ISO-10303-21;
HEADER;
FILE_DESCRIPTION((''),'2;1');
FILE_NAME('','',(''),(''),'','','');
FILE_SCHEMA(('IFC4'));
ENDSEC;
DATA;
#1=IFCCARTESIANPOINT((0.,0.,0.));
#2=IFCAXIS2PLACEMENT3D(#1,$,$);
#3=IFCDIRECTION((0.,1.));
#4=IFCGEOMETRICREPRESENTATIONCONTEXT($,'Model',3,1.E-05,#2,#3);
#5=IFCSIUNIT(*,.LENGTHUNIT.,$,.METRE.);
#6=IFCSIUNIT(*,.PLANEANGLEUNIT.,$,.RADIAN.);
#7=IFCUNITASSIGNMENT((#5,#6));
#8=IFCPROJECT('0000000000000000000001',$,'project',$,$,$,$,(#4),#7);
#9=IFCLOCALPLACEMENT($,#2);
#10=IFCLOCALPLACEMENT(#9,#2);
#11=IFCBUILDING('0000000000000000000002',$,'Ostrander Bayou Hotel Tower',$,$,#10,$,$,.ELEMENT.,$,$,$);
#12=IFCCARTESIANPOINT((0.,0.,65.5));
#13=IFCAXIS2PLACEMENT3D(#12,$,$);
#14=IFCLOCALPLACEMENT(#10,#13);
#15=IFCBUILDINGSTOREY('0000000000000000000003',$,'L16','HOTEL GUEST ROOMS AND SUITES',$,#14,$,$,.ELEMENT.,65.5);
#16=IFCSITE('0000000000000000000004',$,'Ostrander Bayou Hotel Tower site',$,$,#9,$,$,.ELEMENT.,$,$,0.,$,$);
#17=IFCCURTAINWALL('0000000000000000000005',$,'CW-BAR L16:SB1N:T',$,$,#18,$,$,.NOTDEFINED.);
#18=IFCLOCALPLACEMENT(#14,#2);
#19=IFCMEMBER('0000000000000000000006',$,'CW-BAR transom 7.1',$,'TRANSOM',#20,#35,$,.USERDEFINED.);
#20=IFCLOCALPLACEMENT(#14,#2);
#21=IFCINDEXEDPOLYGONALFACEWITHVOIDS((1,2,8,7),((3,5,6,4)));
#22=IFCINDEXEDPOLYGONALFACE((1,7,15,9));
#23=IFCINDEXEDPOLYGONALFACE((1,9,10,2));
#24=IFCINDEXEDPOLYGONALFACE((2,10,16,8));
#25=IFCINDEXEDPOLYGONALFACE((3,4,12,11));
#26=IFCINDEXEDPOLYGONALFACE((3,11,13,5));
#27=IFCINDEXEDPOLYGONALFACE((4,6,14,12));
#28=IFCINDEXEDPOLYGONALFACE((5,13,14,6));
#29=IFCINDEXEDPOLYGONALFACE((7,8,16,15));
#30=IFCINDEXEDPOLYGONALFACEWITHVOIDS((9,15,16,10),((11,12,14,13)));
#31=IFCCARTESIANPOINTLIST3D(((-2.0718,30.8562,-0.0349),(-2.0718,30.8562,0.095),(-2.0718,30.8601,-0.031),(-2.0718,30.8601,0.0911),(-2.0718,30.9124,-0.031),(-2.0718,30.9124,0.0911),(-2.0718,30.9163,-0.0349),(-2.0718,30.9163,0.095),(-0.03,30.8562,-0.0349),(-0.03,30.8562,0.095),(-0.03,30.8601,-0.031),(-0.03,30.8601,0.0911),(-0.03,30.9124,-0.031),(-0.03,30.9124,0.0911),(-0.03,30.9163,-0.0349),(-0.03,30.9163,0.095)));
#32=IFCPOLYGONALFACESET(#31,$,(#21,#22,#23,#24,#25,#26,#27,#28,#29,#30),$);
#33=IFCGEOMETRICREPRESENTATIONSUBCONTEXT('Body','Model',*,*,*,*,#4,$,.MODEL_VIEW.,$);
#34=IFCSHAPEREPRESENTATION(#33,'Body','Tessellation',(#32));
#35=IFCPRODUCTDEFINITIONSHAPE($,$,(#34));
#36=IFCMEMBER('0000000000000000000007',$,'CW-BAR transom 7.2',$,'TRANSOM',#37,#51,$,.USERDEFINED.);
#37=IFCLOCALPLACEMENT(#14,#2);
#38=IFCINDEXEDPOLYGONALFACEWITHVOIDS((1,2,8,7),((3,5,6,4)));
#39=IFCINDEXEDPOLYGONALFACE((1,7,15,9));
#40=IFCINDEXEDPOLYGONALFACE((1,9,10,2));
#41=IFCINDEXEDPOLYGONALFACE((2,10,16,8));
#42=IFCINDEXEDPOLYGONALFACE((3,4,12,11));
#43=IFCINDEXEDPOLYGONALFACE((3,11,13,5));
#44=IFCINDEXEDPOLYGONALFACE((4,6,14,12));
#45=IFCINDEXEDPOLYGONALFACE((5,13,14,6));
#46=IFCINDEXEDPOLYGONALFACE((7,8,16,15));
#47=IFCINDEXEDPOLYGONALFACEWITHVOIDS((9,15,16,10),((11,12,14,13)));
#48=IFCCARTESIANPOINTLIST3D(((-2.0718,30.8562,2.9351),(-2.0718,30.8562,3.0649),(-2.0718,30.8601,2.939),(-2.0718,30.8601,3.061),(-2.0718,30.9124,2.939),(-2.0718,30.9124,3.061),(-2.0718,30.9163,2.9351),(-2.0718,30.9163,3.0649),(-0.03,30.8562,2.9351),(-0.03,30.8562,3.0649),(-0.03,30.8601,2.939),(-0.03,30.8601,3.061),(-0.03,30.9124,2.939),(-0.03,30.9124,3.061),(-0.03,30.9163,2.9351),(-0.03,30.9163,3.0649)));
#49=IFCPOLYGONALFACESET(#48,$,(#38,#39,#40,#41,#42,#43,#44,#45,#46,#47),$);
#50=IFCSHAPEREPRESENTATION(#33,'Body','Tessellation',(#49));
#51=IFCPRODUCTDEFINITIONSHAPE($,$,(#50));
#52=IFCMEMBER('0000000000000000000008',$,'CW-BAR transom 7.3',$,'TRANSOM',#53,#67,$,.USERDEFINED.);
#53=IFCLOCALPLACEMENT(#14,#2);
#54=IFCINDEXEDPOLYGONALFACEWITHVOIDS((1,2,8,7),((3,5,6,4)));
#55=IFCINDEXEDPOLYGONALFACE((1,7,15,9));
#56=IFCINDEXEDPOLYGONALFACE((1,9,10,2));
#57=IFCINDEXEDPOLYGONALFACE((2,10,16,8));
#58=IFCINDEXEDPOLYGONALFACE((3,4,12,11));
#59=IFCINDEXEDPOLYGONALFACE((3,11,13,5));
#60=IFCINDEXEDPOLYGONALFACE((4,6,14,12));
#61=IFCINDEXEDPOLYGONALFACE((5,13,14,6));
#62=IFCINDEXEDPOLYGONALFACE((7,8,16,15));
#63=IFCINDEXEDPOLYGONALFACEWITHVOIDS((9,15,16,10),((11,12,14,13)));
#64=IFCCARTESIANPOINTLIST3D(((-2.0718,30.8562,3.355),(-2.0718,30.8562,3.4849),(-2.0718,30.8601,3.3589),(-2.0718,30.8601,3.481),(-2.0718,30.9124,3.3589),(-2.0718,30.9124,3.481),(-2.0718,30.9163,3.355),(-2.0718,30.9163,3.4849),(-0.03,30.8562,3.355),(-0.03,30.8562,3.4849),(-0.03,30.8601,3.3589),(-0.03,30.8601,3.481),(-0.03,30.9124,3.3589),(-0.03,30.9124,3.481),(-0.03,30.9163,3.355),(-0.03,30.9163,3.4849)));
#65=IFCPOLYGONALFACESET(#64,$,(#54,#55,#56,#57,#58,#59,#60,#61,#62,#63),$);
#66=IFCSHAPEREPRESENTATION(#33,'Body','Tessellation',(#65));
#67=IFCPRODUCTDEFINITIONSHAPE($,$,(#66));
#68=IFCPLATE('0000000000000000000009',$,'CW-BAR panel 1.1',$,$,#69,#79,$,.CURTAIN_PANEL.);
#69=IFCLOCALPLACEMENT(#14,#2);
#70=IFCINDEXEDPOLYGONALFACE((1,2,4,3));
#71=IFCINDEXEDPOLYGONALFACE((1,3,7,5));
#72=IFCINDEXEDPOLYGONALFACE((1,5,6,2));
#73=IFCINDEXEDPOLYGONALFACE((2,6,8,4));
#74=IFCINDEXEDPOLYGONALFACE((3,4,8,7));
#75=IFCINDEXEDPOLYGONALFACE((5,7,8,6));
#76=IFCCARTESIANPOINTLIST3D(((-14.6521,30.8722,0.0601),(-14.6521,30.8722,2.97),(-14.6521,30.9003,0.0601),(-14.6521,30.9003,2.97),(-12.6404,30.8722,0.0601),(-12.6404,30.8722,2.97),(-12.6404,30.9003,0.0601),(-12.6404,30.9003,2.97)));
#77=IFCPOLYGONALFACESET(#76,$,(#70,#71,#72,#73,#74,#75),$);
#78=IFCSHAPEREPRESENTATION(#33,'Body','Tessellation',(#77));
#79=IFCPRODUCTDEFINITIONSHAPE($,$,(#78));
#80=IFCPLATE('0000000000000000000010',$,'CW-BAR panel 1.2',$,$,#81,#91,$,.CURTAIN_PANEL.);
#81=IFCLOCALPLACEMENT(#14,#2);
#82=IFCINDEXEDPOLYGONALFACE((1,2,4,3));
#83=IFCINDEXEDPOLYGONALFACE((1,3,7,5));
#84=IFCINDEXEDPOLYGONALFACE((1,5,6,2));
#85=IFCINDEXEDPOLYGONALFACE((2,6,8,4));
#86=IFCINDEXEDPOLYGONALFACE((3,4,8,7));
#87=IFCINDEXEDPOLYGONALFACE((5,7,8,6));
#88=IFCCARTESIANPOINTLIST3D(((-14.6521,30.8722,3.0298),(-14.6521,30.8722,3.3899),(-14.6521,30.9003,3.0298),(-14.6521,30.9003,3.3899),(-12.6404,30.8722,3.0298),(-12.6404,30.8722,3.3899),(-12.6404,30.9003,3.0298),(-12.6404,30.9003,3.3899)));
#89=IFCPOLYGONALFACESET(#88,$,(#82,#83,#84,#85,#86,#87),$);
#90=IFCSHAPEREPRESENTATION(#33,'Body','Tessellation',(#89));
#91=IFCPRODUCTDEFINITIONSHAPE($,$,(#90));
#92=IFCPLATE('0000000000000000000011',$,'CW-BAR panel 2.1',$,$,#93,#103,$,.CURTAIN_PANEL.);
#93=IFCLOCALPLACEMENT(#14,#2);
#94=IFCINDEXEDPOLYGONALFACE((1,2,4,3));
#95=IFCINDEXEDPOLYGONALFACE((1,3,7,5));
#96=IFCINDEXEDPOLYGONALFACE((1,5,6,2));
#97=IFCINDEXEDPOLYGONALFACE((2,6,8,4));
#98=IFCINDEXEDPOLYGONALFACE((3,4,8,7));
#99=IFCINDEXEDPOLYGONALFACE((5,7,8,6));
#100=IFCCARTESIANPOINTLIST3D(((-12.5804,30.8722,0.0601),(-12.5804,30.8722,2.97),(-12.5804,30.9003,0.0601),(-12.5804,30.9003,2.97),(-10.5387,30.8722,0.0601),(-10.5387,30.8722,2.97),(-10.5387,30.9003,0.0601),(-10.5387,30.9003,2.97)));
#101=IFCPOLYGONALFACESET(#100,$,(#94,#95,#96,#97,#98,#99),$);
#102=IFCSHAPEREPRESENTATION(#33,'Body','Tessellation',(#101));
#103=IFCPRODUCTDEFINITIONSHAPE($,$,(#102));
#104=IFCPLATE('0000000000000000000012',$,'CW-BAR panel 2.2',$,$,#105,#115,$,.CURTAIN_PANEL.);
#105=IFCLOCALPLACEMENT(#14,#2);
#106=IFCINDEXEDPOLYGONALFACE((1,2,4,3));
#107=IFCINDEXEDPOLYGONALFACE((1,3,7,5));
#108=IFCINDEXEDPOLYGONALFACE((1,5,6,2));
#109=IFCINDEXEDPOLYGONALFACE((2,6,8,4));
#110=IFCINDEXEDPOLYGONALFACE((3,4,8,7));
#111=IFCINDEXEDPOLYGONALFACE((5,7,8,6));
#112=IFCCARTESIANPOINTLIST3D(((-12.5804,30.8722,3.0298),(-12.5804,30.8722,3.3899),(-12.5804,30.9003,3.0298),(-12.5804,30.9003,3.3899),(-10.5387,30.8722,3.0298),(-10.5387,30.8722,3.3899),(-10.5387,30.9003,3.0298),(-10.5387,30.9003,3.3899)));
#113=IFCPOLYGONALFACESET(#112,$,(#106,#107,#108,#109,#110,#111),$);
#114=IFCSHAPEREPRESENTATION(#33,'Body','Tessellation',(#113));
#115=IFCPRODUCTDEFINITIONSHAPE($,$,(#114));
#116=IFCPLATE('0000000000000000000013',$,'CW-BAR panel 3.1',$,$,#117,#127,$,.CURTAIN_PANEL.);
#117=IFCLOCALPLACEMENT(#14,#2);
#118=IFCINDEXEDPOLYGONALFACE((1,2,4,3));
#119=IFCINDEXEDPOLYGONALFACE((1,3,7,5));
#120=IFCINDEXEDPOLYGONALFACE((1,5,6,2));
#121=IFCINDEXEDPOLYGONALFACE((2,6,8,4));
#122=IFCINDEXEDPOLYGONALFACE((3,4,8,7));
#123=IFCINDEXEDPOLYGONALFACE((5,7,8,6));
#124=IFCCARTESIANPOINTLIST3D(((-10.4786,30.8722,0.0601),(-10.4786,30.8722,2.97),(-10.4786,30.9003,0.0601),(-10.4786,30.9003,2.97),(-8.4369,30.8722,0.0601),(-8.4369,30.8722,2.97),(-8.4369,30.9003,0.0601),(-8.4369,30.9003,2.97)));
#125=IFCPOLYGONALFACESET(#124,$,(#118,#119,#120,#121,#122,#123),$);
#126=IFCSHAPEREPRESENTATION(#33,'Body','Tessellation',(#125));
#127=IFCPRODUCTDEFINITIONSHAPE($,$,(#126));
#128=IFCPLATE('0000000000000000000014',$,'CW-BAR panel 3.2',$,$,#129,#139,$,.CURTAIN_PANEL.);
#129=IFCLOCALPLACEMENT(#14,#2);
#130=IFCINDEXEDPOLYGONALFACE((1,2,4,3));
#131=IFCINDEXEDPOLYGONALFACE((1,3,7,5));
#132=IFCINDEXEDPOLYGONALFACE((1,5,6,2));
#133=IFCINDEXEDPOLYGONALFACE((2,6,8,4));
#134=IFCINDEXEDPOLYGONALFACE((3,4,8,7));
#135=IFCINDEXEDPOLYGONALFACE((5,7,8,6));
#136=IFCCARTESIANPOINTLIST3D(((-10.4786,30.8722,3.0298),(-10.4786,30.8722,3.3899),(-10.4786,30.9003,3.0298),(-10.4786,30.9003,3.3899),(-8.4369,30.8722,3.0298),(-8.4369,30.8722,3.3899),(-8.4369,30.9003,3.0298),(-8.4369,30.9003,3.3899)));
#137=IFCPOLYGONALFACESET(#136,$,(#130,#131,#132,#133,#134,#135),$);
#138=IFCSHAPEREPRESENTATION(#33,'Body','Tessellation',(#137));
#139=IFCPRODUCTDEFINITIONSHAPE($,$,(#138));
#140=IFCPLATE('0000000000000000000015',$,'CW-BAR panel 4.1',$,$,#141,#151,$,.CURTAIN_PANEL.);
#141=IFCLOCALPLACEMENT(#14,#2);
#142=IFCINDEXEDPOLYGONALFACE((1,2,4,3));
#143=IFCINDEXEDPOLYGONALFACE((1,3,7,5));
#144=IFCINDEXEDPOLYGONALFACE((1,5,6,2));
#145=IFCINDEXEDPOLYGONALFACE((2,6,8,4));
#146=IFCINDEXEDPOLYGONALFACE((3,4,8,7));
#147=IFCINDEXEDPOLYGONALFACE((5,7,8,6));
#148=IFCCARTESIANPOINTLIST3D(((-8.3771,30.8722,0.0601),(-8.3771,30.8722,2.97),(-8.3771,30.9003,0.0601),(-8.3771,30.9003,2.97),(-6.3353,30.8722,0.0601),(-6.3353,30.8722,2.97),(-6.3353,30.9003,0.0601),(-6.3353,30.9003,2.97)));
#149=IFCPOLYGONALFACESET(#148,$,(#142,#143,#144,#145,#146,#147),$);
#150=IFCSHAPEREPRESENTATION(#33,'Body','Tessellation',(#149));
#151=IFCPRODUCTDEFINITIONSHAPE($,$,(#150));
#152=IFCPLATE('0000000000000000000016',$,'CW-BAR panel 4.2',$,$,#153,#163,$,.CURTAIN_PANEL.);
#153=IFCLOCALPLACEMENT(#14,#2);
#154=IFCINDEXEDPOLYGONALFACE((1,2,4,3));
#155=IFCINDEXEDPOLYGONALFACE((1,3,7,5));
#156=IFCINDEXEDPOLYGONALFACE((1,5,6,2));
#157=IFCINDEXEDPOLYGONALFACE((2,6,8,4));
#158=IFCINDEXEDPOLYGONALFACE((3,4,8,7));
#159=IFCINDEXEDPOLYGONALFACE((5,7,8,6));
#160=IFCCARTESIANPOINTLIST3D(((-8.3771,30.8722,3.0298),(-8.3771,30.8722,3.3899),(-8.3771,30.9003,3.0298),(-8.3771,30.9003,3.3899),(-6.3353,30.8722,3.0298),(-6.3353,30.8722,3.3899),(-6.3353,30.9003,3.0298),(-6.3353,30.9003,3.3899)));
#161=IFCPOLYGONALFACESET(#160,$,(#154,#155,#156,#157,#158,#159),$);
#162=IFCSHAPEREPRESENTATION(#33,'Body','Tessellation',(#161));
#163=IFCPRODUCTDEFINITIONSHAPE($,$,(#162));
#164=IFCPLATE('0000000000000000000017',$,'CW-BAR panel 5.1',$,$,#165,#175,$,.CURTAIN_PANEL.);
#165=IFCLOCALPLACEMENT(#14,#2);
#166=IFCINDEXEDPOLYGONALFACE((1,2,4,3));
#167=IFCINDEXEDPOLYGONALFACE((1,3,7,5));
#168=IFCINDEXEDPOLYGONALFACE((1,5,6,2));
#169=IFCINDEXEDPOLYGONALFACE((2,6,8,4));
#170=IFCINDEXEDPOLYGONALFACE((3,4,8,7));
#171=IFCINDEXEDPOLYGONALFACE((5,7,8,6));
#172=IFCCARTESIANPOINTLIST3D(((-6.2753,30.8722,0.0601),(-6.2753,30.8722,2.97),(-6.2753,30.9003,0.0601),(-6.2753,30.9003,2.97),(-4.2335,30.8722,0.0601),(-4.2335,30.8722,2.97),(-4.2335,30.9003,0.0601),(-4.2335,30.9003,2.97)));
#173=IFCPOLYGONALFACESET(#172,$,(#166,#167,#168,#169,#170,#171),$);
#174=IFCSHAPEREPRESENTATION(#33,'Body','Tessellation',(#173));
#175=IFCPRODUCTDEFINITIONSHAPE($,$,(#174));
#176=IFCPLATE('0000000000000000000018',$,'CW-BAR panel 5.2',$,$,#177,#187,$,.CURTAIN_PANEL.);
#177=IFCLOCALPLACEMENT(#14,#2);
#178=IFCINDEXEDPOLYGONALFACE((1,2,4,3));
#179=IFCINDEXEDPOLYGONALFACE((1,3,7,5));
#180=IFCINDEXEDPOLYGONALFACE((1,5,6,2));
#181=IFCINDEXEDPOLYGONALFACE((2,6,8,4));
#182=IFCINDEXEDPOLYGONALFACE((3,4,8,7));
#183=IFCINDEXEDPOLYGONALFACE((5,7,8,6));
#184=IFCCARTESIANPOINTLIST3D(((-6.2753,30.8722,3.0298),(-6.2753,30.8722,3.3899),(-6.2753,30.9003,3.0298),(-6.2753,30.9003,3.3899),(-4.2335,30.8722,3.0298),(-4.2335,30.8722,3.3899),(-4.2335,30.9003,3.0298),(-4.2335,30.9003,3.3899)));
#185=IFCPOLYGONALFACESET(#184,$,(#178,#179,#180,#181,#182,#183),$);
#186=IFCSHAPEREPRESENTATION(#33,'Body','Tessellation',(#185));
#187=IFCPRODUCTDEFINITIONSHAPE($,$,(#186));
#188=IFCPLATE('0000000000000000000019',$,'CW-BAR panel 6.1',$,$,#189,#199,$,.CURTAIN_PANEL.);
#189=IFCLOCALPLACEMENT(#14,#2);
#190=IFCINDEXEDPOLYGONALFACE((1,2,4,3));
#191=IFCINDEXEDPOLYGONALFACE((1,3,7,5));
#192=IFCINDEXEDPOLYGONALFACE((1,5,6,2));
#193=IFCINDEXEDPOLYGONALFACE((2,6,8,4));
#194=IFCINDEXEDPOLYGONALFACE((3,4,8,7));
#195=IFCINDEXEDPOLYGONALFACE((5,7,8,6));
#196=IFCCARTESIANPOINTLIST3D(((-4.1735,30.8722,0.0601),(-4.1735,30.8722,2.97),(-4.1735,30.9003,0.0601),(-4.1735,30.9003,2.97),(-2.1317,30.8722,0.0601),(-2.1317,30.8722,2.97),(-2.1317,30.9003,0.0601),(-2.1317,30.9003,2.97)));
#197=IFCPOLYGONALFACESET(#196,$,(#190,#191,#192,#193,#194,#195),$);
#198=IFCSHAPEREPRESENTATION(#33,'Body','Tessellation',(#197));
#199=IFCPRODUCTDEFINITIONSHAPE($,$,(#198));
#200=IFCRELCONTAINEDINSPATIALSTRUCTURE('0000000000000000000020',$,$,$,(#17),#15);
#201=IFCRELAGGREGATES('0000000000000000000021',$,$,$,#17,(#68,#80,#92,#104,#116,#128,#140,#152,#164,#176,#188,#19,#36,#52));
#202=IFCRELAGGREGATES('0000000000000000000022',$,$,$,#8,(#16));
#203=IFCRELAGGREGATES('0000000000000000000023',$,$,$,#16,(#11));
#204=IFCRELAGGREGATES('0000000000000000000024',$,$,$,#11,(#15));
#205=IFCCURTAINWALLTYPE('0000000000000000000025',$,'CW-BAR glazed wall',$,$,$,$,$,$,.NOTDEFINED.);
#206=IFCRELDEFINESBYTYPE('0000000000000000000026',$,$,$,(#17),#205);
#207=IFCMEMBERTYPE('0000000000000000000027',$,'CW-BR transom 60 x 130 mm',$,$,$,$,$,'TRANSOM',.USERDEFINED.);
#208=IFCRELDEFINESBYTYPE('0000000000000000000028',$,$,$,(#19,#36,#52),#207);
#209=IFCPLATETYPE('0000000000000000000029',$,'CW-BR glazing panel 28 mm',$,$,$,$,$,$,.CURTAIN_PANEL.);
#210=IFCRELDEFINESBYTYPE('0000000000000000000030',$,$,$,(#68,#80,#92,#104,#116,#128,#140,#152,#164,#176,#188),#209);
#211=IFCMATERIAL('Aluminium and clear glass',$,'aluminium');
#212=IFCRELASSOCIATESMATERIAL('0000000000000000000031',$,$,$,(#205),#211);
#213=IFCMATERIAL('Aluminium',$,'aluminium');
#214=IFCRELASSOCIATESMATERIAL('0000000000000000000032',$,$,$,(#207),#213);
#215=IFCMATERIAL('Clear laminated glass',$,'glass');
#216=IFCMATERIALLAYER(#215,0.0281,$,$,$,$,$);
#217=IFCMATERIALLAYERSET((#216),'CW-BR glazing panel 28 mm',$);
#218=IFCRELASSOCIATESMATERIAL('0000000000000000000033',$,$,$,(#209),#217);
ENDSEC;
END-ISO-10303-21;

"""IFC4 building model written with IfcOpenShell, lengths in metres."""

from ifc_helpers import new_model, si_unit, direction, frame, origin, origin_2d, place, context, subcontext, project, spatial, rectangle, hollow_rectangle, extrude, material, layer, layer_set, material_profile, profile_set, type_object, element, aggregate, save


model = new_model("IFC4")

# Units and contexts
model_context = context("Model", 3, precision=1e-05, world=origin(), true_north=direction((0.0, 1.0)))
body_context = subcontext(model_context, "Body", "Model", "MODEL_VIEW")
ifc_project = project(units=[si_unit("LENGTHUNIT", "METRE"), si_unit("PLANEANGLEUNIT", "RADIAN")], contexts=[model_context])

# Site, building, storey
site_placement = place(None, origin())
site = spatial("IfcSite", under=ifc_project, at=site_placement, Name="Ostrander Bayou Hotel Tower site", CompositionType="ELEMENT", RefElevation=0.0)
building_placement = place(site_placement, origin())
building = spatial("IfcBuilding", under=site, at=building_placement, Name="Ostrander Bayou Hotel Tower", CompositionType="ELEMENT")
storey_placement = place(building_placement, frame((0.0, 0.0, 65.5)))
storey = spatial("IfcBuildingStorey", under=building, at=storey_placement, Name="L16", Description="HOTEL GUEST ROOMS AND SUITES", CompositionType="ELEMENT", Elevation=65.5)

# Curtain wall, members, plates
ifc_material_1 = material(Name="Aluminium and clear glass", Category="aluminium")
curtain_wall_type = type_object("IfcCurtainWallType", Name="CW-BAR glazed wall", PredefinedType="NOTDEFINED", material=ifc_material_1)
curtain_wall_placement = place(storey_placement, origin())
curtain_wall = element("IfcCurtainWall", 1, at=curtain_wall_placement, inside=storey, type_object=curtain_wall_type, Name="CW-BAR L16:SB1N:T", PredefinedType="NOTDEFINED")
ifc_material_2 = material(Name="Aluminium", Category="aluminium")
ifc_material_profile_1 = material_profile(ifc_material_2, hollow_rectangle(XDim=0.0601, YDim=0.1299, WallThickness=0.0039, at=origin_2d()))
ifc_profile_set_1 = profile_set([ifc_material_profile_1], Name="Aluminium")
member_type_1 = type_object("IfcMemberType", Name="CW-BR transom 60 x 130 mm", ElementType="TRANSOM", PredefinedType="USERDEFINED", material=ifc_profile_set_1)
member_1_placement = place(storey_placement, frame((-2.0718, 30.8862, 0.03), z_axis=(1.0, 0.0, 0.0), x_axis=(0.0, 1.0, 0.0)))
member_1 = element("IfcMember", 2, at=member_1_placement, type_object=member_type_1, Name="CW-BAR transom 7.1", ObjectType="TRANSOM", PredefinedType="USERDEFINED", context=body_context, shape_type="SweptSolid", body=[
    extrude(hollow_rectangle(XDim=0.0601, YDim=0.1299, WallThickness=0.0039, at=origin_2d()), origin(), (0.0, 0.0, 1.0), 2.0417),
])
member_2_placement = place(storey_placement, frame((-2.0718, 30.8862, 3.0), z_axis=(1.0, 0.0, 0.0), x_axis=(0.0, 1.0, 0.0)))
member_2 = element("IfcMember", 3, at=member_2_placement, type_object=member_type_1, Name="CW-BAR transom 7.2", ObjectType="TRANSOM", PredefinedType="USERDEFINED", context=body_context, shape_type="SweptSolid", body=[
    extrude(hollow_rectangle(XDim=0.0601, YDim=0.1299, WallThickness=0.0039, at=origin_2d()), origin(), (0.0, 0.0, 1.0), 2.0417),
])
member_3_placement = place(storey_placement, frame((-2.0718, 30.8862, 3.4199), z_axis=(1.0, 0.0, 0.0), x_axis=(0.0, 1.0, 0.0)))
member_3 = element("IfcMember", 4, at=member_3_placement, type_object=member_type_1, Name="CW-BAR transom 7.3", ObjectType="TRANSOM", PredefinedType="USERDEFINED", context=body_context, shape_type="SweptSolid", body=[
    extrude(hollow_rectangle(XDim=0.0601, YDim=0.1299, WallThickness=0.0039, at=origin_2d()), origin(), (0.0, 0.0, 1.0), 2.0417),
])
ifc_material_3 = material(Name="Clear laminated glass", Category="glass")
ifc_layer = layer(ifc_material_3, 0.0281)
ifc_layer_set = layer_set([ifc_layer], Name="CW-BR glazing panel 28 mm")
plate_type = type_object("IfcPlateType", Name="CW-BR glazing panel 28 mm", PredefinedType="CURTAIN_PANEL", material=ifc_layer_set)
plate_1_placement = place(storey_placement, frame((-13.6462, 30.8862, 0.0601), z_axis=(0.0, 0.0, 1.0), x_axis=(1.0, 0.0, 0.0)))
plate_1 = element("IfcPlate", 5, at=plate_1_placement, type_object=plate_type, Name="CW-BAR panel 1.1", PredefinedType="CURTAIN_PANEL", context=body_context, shape_type="SweptSolid", body=[
    extrude(rectangle(XDim=2.0117, YDim=0.0281, at=origin_2d()), origin(), (0.0, 0.0, 1.0), 2.9099),
])
plate_2_placement = place(storey_placement, frame((-13.6462, 30.8862, 3.0298), z_axis=(0.0, 0.0, 1.0), x_axis=(1.0, 0.0, 0.0)))
plate_2 = element("IfcPlate", 6, at=plate_2_placement, type_object=plate_type, Name="CW-BAR panel 1.2", PredefinedType="CURTAIN_PANEL", context=body_context, shape_type="SweptSolid", body=[
    extrude(rectangle(XDim=2.0117, YDim=0.0281, at=origin_2d()), origin(), (0.0, 0.0, 1.0), 0.3601),
])
plate_3_placement = place(storey_placement, frame((-11.5596, 30.8862, 0.0601), z_axis=(0.0, 0.0, 1.0), x_axis=(1.0, 0.0, 0.0)))
plate_3 = element("IfcPlate", 7, at=plate_3_placement, type_object=plate_type, Name="CW-BAR panel 2.1", PredefinedType="CURTAIN_PANEL", context=body_context, shape_type="SweptSolid", body=[
    extrude(rectangle(XDim=2.0417, YDim=0.0281, at=origin_2d()), origin(), (0.0, 0.0, 1.0), 2.9099),
])
plate_4_placement = place(storey_placement, frame((-11.5596, 30.8862, 3.0298), z_axis=(0.0, 0.0, 1.0), x_axis=(1.0, 0.0, 0.0)))
plate_4 = element("IfcPlate", 8, at=plate_4_placement, type_object=plate_type, Name="CW-BAR panel 2.2", PredefinedType="CURTAIN_PANEL", context=body_context, shape_type="SweptSolid", body=[
    extrude(rectangle(XDim=2.0417, YDim=0.0281, at=origin_2d()), origin(), (0.0, 0.0, 1.0), 0.3601),
])
plate_5_placement = place(storey_placement, frame((-9.4578, 30.8862, 0.0601), z_axis=(0.0, 0.0, 1.0), x_axis=(1.0, 0.0, 0.0)))
plate_5 = element("IfcPlate", 9, at=plate_5_placement, type_object=plate_type, Name="CW-BAR panel 3.1", PredefinedType="CURTAIN_PANEL", context=body_context, shape_type="SweptSolid", body=[
    extrude(rectangle(XDim=2.0417, YDim=0.0281, at=origin_2d()), origin(), (0.0, 0.0, 1.0), 2.9099),
])
plate_6_placement = place(storey_placement, frame((-9.4578, 30.8862, 3.0298), z_axis=(0.0, 0.0, 1.0), x_axis=(1.0, 0.0, 0.0)))
plate_6 = element("IfcPlate", 10, at=plate_6_placement, type_object=plate_type, Name="CW-BAR panel 3.2", PredefinedType="CURTAIN_PANEL", context=body_context, shape_type="SweptSolid", body=[
    extrude(rectangle(XDim=2.0417, YDim=0.0281, at=origin_2d()), origin(), (0.0, 0.0, 1.0), 0.3601),
])
plate_7_placement = place(storey_placement, frame((-7.3562, 30.8862, 0.0601), z_axis=(0.0, 0.0, 1.0), x_axis=(1.0, 0.0, 0.0)))
plate_7 = element("IfcPlate", 11, at=plate_7_placement, type_object=plate_type, Name="CW-BAR panel 4.1", PredefinedType="CURTAIN_PANEL", context=body_context, shape_type="SweptSolid", body=[
    extrude(rectangle(XDim=2.0417, YDim=0.0281, at=origin_2d()), origin(), (0.0, 0.0, 1.0), 2.9099),
])
plate_8_placement = place(storey_placement, frame((-7.3562, 30.8862, 3.0298), z_axis=(0.0, 0.0, 1.0), x_axis=(1.0, 0.0, 0.0)))
plate_8 = element("IfcPlate", 12, at=plate_8_placement, type_object=plate_type, Name="CW-BAR panel 4.2", PredefinedType="CURTAIN_PANEL", context=body_context, shape_type="SweptSolid", body=[
    extrude(rectangle(XDim=2.0417, YDim=0.0281, at=origin_2d()), origin(), (0.0, 0.0, 1.0), 0.3601),
])
plate_9_placement = place(storey_placement, frame((-5.2544, 30.8862, 0.0601), z_axis=(0.0, 0.0, 1.0), x_axis=(1.0, 0.0, 0.0)))
plate_9 = element("IfcPlate", 13, at=plate_9_placement, type_object=plate_type, Name="CW-BAR panel 5.1", PredefinedType="CURTAIN_PANEL", context=body_context, shape_type="SweptSolid", body=[
    extrude(rectangle(XDim=2.0417, YDim=0.0281, at=origin_2d()), origin(), (0.0, 0.0, 1.0), 2.9099),
])
plate_10_placement = place(storey_placement, frame((-5.2544, 30.8862, 3.0298), z_axis=(0.0, 0.0, 1.0), x_axis=(1.0, 0.0, 0.0)))
plate_10 = element("IfcPlate", 14, at=plate_10_placement, type_object=plate_type, Name="CW-BAR panel 5.2", PredefinedType="CURTAIN_PANEL", context=body_context, shape_type="SweptSolid", body=[
    extrude(rectangle(XDim=2.0417, YDim=0.0281, at=origin_2d()), origin(), (0.0, 0.0, 1.0), 0.3601),
])
plate_11_placement = place(storey_placement, frame((-3.1526, 30.8862, 0.0601), z_axis=(0.0, 0.0, 1.0), x_axis=(1.0, 0.0, 0.0)))
plate_11 = element("IfcPlate", 15, at=plate_11_placement, type_object=plate_type, Name="CW-BAR panel 6.1", PredefinedType="CURTAIN_PANEL", context=body_context, shape_type="SweptSolid", body=[
    extrude(rectangle(XDim=2.0417, YDim=0.0281, at=origin_2d()), origin(), (0.0, 0.0, 1.0), 2.9099),
])
aggregate(curtain_wall, [plate_1, plate_2, plate_3, plate_4, plate_5, plate_6, plate_7, plate_8, plate_9, plate_10, plate_11, member_1, member_2, member_3])

save(model, "model.ifc")
